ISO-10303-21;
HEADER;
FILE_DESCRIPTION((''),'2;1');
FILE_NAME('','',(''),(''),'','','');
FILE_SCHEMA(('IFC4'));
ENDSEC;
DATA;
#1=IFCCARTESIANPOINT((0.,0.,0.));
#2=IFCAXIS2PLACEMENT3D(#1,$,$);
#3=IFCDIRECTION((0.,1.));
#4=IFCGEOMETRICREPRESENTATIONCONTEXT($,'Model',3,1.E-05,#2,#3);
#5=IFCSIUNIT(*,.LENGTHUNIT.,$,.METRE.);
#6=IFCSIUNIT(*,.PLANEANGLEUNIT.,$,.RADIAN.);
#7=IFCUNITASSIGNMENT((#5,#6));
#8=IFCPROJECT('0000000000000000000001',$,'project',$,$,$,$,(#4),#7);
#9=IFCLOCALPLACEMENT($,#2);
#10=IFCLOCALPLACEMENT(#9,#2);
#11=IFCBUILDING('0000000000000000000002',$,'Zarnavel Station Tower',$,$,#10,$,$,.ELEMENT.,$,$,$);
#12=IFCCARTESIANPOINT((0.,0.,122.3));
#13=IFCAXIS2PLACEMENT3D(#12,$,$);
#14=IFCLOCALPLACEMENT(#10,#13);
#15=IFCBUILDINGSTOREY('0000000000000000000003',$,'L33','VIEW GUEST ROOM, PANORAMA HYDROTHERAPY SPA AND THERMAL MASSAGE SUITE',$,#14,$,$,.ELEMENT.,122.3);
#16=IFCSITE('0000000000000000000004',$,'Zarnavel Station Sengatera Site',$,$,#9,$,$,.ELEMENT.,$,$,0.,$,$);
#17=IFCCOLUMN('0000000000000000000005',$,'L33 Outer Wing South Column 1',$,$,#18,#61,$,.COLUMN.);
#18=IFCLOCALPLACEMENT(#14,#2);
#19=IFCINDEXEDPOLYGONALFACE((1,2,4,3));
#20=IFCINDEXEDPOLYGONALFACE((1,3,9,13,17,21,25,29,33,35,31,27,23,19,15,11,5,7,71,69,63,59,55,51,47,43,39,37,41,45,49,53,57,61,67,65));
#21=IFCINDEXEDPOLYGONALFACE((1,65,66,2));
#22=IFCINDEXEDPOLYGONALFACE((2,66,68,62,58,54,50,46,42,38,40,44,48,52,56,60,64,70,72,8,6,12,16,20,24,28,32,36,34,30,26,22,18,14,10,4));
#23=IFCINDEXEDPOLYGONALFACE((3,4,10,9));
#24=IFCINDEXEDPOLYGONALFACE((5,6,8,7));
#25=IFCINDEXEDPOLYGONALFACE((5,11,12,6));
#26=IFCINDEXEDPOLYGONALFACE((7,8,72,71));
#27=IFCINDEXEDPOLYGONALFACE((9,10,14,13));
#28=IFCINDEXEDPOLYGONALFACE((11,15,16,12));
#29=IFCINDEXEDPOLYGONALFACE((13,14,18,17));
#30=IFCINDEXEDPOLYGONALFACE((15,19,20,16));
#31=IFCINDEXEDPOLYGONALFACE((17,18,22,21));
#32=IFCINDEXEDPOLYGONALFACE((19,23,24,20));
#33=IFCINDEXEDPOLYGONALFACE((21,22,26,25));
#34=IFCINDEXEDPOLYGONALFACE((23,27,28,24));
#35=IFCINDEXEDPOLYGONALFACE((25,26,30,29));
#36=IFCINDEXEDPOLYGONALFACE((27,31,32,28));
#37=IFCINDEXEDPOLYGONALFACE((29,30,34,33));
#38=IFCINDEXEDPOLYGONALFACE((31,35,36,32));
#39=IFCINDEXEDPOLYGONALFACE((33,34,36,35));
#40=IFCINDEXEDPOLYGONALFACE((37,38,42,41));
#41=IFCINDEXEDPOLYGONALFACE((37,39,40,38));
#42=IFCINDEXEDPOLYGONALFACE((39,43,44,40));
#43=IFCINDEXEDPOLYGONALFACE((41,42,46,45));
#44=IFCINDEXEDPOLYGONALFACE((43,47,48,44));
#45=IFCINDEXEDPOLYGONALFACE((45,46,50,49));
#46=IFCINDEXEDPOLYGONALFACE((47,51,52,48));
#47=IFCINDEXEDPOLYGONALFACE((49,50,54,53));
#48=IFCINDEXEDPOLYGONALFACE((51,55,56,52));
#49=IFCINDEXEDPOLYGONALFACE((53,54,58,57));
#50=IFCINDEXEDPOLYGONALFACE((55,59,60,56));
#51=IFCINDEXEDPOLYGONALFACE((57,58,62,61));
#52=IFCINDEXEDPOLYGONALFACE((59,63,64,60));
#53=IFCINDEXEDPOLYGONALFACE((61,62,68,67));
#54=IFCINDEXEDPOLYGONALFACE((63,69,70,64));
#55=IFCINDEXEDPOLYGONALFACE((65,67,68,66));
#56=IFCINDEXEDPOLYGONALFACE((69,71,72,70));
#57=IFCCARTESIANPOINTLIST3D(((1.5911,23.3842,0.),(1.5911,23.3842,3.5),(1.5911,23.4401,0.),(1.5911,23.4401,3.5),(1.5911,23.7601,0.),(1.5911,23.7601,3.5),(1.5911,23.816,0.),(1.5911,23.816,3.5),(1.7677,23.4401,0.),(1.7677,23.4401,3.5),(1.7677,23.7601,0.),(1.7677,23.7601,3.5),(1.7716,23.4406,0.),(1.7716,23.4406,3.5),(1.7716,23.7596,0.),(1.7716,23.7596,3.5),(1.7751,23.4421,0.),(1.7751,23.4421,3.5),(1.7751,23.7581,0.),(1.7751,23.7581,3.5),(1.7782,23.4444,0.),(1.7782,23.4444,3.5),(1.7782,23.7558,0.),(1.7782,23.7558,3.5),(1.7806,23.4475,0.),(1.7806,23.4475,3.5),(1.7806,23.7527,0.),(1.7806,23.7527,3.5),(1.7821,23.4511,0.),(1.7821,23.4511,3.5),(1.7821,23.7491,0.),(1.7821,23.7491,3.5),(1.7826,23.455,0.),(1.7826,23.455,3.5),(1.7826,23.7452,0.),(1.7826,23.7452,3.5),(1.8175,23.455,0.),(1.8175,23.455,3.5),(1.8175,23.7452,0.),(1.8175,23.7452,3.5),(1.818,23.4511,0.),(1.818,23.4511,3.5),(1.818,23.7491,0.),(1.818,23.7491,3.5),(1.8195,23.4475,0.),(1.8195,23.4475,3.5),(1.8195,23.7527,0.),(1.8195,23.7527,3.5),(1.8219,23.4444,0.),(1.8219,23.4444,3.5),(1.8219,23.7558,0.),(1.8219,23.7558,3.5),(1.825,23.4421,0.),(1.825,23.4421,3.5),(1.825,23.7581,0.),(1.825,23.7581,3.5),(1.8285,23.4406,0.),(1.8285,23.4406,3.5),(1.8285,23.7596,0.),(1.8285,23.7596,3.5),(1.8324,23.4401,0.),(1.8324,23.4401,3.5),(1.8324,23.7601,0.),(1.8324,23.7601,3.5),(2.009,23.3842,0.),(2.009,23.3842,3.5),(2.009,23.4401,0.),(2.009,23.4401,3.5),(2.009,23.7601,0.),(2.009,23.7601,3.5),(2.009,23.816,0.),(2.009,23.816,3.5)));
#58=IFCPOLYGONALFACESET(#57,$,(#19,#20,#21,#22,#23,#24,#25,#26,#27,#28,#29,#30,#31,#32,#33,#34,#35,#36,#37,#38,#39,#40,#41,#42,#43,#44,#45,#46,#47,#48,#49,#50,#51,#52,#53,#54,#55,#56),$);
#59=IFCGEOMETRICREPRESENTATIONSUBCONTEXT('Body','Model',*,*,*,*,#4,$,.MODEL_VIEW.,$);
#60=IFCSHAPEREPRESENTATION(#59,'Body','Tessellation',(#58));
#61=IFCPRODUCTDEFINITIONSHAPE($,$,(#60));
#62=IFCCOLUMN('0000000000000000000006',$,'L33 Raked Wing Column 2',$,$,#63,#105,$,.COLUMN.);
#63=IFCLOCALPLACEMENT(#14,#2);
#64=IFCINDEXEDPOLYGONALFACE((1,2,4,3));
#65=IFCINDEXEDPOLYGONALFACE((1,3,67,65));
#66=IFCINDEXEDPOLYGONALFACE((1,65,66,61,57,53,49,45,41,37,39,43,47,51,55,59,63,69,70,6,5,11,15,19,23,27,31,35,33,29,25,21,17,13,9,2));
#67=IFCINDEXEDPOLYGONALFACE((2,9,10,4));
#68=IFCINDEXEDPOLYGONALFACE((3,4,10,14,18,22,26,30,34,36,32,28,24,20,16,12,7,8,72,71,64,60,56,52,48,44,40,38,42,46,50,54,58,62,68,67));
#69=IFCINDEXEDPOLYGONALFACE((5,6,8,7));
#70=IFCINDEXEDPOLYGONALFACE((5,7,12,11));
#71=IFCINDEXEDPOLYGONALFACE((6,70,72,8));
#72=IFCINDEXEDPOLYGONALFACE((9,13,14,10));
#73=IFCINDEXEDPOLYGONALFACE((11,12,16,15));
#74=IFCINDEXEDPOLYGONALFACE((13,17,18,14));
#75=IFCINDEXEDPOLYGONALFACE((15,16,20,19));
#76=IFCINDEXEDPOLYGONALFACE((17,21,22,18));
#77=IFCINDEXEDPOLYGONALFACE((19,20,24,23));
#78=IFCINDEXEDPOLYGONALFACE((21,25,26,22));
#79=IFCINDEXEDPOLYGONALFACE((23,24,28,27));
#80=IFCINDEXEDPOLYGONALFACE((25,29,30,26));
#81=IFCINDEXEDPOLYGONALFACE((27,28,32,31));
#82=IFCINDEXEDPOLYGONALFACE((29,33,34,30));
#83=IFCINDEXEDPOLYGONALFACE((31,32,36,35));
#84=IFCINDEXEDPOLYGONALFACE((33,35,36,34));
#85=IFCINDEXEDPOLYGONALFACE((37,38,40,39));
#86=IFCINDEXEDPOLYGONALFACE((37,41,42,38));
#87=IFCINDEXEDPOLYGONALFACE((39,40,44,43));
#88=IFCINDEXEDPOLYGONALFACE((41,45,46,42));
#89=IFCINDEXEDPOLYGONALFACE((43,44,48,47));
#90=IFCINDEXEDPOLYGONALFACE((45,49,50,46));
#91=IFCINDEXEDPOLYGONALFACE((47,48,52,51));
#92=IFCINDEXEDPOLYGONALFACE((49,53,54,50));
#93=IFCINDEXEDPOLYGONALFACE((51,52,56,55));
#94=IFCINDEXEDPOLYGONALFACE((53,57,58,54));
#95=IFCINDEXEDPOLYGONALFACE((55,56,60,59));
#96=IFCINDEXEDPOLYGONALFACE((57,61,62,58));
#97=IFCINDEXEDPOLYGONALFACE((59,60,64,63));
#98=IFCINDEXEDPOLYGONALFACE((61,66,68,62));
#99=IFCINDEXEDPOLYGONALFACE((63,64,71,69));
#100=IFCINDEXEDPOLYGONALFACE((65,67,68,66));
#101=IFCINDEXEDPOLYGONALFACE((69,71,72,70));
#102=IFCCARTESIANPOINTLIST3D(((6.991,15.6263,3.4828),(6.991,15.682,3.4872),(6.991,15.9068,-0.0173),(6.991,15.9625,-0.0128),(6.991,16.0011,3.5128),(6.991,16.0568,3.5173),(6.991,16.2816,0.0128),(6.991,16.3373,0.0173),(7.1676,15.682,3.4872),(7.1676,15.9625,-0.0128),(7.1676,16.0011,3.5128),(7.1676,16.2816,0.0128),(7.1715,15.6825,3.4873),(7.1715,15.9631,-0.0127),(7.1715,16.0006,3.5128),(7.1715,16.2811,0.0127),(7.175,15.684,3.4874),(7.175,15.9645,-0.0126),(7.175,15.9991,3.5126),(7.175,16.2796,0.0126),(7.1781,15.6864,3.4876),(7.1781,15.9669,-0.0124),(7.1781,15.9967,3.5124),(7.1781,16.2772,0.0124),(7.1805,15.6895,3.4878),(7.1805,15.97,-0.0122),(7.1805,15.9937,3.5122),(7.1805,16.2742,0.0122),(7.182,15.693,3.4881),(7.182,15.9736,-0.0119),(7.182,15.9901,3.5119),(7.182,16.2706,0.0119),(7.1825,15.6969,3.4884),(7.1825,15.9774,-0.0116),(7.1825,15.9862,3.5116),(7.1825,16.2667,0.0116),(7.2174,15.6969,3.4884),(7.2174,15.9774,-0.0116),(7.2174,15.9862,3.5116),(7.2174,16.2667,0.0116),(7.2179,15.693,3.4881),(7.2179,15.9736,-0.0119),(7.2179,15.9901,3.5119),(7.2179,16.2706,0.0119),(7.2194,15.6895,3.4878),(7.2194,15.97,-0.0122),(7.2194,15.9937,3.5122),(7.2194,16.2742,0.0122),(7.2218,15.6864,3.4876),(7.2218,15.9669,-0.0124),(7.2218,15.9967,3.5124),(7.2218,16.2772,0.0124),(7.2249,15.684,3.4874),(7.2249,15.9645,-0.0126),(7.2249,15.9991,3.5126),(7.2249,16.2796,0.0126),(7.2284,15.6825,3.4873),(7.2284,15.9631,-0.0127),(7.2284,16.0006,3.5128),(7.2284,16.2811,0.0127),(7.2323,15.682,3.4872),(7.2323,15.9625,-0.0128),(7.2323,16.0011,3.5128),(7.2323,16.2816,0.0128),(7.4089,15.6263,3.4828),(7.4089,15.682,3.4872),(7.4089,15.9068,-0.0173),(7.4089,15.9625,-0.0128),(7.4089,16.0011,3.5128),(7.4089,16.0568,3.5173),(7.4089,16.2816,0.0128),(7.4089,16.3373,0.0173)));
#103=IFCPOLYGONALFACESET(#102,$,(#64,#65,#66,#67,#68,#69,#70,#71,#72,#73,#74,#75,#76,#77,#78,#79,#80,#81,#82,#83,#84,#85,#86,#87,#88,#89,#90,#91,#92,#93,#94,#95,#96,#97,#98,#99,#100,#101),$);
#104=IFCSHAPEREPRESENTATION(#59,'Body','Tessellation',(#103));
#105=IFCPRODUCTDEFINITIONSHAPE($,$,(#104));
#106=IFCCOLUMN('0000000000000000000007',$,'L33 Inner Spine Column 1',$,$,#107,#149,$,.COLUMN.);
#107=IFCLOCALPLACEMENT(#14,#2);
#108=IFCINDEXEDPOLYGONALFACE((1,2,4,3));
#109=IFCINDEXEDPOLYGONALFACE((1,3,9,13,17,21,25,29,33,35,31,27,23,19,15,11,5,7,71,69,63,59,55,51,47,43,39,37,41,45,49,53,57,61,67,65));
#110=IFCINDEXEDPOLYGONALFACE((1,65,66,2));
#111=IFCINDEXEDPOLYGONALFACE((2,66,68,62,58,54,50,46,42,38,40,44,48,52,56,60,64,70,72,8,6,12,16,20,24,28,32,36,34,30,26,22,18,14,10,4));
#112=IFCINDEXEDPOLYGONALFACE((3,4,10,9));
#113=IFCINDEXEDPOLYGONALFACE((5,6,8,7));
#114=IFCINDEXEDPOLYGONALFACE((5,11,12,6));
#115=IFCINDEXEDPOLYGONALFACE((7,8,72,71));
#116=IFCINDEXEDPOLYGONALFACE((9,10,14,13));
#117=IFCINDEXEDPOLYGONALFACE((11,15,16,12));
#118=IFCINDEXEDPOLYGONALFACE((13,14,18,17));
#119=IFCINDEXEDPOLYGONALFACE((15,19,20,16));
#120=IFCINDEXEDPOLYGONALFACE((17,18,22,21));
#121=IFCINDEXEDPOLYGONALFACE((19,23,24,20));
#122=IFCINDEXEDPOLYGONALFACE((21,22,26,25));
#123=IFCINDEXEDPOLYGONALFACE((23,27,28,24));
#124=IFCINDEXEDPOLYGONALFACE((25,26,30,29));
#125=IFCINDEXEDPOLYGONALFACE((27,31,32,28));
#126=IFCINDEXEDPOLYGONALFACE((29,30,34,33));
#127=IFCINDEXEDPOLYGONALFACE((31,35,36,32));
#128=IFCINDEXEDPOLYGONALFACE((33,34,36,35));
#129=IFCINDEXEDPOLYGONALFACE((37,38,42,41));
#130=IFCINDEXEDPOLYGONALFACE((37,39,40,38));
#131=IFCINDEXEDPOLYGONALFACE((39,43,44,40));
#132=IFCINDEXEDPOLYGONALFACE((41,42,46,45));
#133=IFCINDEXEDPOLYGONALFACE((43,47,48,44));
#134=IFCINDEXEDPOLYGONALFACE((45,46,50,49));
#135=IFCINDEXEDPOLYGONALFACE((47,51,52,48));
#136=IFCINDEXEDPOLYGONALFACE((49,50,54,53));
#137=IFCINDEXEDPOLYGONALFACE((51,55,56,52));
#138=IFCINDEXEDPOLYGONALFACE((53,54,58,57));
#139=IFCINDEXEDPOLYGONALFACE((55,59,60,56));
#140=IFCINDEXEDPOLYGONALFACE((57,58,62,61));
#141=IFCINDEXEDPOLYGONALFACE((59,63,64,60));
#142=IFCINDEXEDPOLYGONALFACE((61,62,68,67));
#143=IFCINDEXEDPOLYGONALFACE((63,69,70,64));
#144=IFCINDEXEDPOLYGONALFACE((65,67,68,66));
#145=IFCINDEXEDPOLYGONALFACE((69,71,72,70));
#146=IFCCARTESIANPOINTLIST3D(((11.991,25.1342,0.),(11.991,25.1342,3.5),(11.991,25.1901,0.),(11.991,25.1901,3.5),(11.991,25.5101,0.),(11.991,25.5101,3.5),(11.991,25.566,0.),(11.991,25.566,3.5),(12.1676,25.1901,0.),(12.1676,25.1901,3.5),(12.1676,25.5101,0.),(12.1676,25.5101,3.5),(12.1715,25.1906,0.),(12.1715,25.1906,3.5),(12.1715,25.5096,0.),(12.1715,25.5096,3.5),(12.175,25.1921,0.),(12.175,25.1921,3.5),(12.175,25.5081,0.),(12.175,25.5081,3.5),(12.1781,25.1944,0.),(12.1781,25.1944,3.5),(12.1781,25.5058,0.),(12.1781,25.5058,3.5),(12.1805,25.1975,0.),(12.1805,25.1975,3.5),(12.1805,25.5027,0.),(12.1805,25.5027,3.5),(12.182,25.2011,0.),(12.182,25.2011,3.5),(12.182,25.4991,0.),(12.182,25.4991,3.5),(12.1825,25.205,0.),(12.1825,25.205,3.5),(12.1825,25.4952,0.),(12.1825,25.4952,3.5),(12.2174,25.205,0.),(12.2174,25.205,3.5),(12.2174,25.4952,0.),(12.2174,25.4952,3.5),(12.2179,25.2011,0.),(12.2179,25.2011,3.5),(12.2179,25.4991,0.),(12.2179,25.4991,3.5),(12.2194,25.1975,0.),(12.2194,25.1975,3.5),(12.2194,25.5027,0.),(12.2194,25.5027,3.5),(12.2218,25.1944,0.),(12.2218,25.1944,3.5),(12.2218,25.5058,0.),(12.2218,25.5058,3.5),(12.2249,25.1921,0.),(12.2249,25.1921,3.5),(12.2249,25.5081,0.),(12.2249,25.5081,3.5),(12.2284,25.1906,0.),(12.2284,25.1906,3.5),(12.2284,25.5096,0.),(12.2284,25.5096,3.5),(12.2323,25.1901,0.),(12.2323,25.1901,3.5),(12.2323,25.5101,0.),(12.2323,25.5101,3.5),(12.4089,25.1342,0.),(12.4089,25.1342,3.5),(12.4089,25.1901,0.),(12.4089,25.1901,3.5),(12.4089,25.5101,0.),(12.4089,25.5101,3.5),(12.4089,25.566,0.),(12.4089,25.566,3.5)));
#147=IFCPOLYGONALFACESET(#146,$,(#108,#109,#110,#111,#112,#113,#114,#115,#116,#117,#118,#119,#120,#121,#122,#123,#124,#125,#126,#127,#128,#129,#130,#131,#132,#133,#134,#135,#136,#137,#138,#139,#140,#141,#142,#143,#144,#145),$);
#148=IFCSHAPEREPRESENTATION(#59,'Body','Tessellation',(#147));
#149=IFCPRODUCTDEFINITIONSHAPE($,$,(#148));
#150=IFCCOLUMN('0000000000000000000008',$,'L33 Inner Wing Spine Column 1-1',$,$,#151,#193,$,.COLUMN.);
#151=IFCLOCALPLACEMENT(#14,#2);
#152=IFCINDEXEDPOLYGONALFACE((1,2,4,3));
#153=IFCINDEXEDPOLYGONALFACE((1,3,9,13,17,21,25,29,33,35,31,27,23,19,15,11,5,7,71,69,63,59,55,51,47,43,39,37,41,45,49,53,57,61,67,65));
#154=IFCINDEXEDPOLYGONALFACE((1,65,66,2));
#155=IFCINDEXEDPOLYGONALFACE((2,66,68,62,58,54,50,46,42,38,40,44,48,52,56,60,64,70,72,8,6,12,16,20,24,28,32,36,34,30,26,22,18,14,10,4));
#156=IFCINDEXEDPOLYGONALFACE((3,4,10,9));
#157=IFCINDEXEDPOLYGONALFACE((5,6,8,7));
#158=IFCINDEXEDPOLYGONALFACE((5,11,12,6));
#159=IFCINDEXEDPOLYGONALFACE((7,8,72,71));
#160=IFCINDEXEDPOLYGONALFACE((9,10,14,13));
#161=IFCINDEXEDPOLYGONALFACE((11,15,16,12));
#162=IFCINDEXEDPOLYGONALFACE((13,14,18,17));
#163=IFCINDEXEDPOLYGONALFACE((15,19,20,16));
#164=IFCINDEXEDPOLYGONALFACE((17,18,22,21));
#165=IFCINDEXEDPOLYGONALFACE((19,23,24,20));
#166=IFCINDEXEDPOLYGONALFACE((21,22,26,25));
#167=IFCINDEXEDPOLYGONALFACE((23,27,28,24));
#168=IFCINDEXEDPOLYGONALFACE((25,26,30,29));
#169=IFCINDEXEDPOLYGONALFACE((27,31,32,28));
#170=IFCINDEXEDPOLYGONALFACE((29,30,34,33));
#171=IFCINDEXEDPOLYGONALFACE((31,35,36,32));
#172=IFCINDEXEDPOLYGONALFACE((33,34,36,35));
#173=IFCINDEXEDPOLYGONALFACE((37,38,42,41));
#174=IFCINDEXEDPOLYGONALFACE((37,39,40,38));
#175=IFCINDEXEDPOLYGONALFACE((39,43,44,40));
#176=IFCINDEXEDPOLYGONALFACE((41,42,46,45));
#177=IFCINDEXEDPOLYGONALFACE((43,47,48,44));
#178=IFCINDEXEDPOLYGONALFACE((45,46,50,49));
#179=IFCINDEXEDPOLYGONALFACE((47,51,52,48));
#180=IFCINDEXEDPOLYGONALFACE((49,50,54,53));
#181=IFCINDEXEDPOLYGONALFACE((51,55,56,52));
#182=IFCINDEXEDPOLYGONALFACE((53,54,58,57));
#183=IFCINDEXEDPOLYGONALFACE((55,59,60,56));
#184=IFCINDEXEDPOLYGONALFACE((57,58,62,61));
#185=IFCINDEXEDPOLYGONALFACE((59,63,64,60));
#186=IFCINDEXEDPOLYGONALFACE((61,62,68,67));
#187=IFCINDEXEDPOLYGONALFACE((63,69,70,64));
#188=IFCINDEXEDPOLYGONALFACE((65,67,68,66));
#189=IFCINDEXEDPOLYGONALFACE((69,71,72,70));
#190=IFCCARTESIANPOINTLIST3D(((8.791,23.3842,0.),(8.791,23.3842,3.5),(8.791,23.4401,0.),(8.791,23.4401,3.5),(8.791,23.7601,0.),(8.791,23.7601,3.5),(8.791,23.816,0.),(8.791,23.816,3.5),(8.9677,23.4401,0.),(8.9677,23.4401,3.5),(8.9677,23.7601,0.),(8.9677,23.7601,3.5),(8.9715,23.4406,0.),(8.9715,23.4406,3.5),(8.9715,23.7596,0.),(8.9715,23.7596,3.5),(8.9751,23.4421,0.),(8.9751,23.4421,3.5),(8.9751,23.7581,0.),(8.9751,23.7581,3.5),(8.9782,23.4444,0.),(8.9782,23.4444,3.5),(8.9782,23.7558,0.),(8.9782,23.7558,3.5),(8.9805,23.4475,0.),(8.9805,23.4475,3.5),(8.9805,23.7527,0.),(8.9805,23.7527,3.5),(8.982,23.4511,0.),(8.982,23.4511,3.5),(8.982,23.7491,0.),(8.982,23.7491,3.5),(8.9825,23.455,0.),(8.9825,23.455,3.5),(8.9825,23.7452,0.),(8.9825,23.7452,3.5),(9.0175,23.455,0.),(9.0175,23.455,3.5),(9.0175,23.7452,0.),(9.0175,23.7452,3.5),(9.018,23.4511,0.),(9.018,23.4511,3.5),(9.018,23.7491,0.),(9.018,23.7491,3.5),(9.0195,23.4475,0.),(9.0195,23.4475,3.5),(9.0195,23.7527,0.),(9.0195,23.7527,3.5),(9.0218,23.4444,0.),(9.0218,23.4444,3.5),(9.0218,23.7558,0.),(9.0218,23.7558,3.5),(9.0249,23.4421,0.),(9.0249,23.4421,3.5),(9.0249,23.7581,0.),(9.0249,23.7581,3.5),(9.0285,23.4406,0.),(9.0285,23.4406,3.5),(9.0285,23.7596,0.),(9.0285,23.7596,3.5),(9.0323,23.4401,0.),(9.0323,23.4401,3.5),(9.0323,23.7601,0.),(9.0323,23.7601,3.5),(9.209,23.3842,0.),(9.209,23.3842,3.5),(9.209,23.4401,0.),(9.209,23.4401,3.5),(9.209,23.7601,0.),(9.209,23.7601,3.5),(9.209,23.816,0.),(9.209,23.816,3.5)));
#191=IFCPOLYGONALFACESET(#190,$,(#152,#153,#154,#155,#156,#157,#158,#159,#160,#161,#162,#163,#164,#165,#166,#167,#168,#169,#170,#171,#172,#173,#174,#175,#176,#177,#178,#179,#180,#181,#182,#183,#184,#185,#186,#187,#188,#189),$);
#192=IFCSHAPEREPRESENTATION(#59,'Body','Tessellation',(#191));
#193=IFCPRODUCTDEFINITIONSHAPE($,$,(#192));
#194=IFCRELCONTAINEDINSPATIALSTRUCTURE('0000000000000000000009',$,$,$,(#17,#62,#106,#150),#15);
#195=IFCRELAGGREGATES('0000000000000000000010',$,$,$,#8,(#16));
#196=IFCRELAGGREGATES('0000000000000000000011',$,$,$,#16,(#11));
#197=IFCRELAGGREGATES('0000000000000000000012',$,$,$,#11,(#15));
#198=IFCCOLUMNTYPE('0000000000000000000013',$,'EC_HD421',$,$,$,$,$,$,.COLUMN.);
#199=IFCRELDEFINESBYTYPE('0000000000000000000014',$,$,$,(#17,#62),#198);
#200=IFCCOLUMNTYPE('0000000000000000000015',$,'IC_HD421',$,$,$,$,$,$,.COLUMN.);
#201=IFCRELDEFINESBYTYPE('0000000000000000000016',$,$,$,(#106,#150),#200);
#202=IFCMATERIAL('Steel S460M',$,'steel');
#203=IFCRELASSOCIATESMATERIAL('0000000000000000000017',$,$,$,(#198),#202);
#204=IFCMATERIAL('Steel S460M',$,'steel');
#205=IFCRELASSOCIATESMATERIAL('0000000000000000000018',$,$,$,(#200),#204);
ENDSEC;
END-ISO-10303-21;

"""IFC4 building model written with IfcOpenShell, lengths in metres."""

from ifc_helpers import new_model, si_unit, direction, frame, origin, origin_2d, place, context, subcontext, project, spatial, i_section, extrude, material, material_profile, profile_set, type_object, element, save


model = new_model("IFC4")

# Units and contexts
model_context = context("Model", 3, precision=1e-05, world=origin(), true_north=direction((0.0, 1.0)))
body_context = subcontext(model_context, "Body", "Model", "MODEL_VIEW")
ifc_project = project(units=[si_unit("LENGTHUNIT", "METRE"), si_unit("PLANEANGLEUNIT", "RADIAN")], contexts=[model_context])

# Site, building, storey
site_placement = place(None, origin())
site = spatial("IfcSite", under=ifc_project, at=site_placement, Name="Zarnavel Station Sengatera Site", CompositionType="ELEMENT", RefElevation=0.0)
building_placement = place(site_placement, origin())
building = spatial("IfcBuilding", under=site, at=building_placement, Name="Zarnavel Station Tower", CompositionType="ELEMENT")
storey_placement = place(building_placement, frame((0.0, 0.0, 122.3)))
storey = spatial("IfcBuildingStorey", under=building, at=storey_placement, Name="L33", Description="VIEW GUEST ROOM, PANORAMA HYDROTHERAPY SPA AND THERMAL MASSAGE SUITE", CompositionType="ELEMENT", Elevation=122.3)

# Columns
ifc_material_1 = material(Name="Steel S460M", Category="steel")
ifc_material_profile_1 = material_profile(ifc_material_1, i_section(OverallWidth=0.418, OverallDepth=0.4319, WebThickness=0.0349, FlangeThickness=0.0559, FilletRadius=0.0149, at=origin_2d()), Name="HD400x421")
ifc_profile_set_1 = profile_set([ifc_material_profile_1], Name="Steel S460M")
column_type_1 = type_object("IfcColumnType", Name="EC_HD421", PredefinedType="COLUMN", material=ifc_profile_set_1)
column_1_placement = place(storey_placement, frame((1.8, 23.6001, 0.0), z_axis=(0.0, 0.0, 1.0), x_axis=(1.0, 0.0, 0.0)))
element("IfcColumn", 1, at=column_1_placement, inside=storey, type_object=column_type_1, Name="L33 Outer Wing South Column 1", PredefinedType="COLUMN", context=body_context, shape_type="SweptSolid", body=[
    extrude(i_section(OverallWidth=0.418, OverallDepth=0.4319, WebThickness=0.0349, FlangeThickness=0.0559, FilletRadius=0.0149, at=origin_2d()), origin(), (0.0, 0.0, 1.0), 3.5),
])
column_2_placement = place(storey_placement, frame((7.2, 16.1221, 0.0), z_axis=(0.0, -0.079892, 0.996804), x_axis=(1.0, 0.0, 0.0)))
element("IfcColumn", 2, at=column_2_placement, inside=storey, type_object=column_type_1, Name="L33 Raked Wing Column 2", PredefinedType="COLUMN", context=body_context, shape_type="SweptSolid", body=[
    extrude(i_section(OverallWidth=0.418, OverallDepth=0.4319, WebThickness=0.0349, FlangeThickness=0.0559, FilletRadius=0.0149, at=origin_2d()), origin(), (0.0, 0.0, 1.0), 3.5112),
])
ifc_material_2 = material(Name="Steel S460M", Category="steel")
ifc_material_profile_2 = material_profile(ifc_material_2, i_section(OverallWidth=0.418, OverallDepth=0.4319, WebThickness=0.0349, FlangeThickness=0.0559, FilletRadius=0.0149, at=origin_2d()), Name="HD400x421")
ifc_profile_set_2 = profile_set([ifc_material_profile_2], Name="Steel S460M")
column_type_2 = type_object("IfcColumnType", Name="IC_HD421", PredefinedType="COLUMN", material=ifc_profile_set_2)
for number, where, z_axis, x_axis, name in (
    (3, (12.2, 25.3501, 0.0), (0.0, 0.0, 1.0), (1.0, 0.0, 0.0), "L33 Inner Spine Column 1"),
    (4, (9.0, 23.6001, 0.0), (0.0, 0.0, 1.0), (1.0, 0.0, 0.0), "L33 Inner Wing Spine Column 1-1"),
):
    element("IfcColumn", number, at=place(storey_placement, frame(where, z_axis=z_axis, x_axis=x_axis)), inside=storey, type_object=column_type_2, Name=name, PredefinedType="COLUMN", context=body_context, shape_type="SweptSolid", body=[
        extrude(i_section(OverallWidth=0.418, OverallDepth=0.4319, WebThickness=0.0349, FlangeThickness=0.0559, FilletRadius=0.0149, at=origin_2d()), origin(), (0.0, 0.0, 1.0), 3.5),
    ])

save(model, "model.ifc")
